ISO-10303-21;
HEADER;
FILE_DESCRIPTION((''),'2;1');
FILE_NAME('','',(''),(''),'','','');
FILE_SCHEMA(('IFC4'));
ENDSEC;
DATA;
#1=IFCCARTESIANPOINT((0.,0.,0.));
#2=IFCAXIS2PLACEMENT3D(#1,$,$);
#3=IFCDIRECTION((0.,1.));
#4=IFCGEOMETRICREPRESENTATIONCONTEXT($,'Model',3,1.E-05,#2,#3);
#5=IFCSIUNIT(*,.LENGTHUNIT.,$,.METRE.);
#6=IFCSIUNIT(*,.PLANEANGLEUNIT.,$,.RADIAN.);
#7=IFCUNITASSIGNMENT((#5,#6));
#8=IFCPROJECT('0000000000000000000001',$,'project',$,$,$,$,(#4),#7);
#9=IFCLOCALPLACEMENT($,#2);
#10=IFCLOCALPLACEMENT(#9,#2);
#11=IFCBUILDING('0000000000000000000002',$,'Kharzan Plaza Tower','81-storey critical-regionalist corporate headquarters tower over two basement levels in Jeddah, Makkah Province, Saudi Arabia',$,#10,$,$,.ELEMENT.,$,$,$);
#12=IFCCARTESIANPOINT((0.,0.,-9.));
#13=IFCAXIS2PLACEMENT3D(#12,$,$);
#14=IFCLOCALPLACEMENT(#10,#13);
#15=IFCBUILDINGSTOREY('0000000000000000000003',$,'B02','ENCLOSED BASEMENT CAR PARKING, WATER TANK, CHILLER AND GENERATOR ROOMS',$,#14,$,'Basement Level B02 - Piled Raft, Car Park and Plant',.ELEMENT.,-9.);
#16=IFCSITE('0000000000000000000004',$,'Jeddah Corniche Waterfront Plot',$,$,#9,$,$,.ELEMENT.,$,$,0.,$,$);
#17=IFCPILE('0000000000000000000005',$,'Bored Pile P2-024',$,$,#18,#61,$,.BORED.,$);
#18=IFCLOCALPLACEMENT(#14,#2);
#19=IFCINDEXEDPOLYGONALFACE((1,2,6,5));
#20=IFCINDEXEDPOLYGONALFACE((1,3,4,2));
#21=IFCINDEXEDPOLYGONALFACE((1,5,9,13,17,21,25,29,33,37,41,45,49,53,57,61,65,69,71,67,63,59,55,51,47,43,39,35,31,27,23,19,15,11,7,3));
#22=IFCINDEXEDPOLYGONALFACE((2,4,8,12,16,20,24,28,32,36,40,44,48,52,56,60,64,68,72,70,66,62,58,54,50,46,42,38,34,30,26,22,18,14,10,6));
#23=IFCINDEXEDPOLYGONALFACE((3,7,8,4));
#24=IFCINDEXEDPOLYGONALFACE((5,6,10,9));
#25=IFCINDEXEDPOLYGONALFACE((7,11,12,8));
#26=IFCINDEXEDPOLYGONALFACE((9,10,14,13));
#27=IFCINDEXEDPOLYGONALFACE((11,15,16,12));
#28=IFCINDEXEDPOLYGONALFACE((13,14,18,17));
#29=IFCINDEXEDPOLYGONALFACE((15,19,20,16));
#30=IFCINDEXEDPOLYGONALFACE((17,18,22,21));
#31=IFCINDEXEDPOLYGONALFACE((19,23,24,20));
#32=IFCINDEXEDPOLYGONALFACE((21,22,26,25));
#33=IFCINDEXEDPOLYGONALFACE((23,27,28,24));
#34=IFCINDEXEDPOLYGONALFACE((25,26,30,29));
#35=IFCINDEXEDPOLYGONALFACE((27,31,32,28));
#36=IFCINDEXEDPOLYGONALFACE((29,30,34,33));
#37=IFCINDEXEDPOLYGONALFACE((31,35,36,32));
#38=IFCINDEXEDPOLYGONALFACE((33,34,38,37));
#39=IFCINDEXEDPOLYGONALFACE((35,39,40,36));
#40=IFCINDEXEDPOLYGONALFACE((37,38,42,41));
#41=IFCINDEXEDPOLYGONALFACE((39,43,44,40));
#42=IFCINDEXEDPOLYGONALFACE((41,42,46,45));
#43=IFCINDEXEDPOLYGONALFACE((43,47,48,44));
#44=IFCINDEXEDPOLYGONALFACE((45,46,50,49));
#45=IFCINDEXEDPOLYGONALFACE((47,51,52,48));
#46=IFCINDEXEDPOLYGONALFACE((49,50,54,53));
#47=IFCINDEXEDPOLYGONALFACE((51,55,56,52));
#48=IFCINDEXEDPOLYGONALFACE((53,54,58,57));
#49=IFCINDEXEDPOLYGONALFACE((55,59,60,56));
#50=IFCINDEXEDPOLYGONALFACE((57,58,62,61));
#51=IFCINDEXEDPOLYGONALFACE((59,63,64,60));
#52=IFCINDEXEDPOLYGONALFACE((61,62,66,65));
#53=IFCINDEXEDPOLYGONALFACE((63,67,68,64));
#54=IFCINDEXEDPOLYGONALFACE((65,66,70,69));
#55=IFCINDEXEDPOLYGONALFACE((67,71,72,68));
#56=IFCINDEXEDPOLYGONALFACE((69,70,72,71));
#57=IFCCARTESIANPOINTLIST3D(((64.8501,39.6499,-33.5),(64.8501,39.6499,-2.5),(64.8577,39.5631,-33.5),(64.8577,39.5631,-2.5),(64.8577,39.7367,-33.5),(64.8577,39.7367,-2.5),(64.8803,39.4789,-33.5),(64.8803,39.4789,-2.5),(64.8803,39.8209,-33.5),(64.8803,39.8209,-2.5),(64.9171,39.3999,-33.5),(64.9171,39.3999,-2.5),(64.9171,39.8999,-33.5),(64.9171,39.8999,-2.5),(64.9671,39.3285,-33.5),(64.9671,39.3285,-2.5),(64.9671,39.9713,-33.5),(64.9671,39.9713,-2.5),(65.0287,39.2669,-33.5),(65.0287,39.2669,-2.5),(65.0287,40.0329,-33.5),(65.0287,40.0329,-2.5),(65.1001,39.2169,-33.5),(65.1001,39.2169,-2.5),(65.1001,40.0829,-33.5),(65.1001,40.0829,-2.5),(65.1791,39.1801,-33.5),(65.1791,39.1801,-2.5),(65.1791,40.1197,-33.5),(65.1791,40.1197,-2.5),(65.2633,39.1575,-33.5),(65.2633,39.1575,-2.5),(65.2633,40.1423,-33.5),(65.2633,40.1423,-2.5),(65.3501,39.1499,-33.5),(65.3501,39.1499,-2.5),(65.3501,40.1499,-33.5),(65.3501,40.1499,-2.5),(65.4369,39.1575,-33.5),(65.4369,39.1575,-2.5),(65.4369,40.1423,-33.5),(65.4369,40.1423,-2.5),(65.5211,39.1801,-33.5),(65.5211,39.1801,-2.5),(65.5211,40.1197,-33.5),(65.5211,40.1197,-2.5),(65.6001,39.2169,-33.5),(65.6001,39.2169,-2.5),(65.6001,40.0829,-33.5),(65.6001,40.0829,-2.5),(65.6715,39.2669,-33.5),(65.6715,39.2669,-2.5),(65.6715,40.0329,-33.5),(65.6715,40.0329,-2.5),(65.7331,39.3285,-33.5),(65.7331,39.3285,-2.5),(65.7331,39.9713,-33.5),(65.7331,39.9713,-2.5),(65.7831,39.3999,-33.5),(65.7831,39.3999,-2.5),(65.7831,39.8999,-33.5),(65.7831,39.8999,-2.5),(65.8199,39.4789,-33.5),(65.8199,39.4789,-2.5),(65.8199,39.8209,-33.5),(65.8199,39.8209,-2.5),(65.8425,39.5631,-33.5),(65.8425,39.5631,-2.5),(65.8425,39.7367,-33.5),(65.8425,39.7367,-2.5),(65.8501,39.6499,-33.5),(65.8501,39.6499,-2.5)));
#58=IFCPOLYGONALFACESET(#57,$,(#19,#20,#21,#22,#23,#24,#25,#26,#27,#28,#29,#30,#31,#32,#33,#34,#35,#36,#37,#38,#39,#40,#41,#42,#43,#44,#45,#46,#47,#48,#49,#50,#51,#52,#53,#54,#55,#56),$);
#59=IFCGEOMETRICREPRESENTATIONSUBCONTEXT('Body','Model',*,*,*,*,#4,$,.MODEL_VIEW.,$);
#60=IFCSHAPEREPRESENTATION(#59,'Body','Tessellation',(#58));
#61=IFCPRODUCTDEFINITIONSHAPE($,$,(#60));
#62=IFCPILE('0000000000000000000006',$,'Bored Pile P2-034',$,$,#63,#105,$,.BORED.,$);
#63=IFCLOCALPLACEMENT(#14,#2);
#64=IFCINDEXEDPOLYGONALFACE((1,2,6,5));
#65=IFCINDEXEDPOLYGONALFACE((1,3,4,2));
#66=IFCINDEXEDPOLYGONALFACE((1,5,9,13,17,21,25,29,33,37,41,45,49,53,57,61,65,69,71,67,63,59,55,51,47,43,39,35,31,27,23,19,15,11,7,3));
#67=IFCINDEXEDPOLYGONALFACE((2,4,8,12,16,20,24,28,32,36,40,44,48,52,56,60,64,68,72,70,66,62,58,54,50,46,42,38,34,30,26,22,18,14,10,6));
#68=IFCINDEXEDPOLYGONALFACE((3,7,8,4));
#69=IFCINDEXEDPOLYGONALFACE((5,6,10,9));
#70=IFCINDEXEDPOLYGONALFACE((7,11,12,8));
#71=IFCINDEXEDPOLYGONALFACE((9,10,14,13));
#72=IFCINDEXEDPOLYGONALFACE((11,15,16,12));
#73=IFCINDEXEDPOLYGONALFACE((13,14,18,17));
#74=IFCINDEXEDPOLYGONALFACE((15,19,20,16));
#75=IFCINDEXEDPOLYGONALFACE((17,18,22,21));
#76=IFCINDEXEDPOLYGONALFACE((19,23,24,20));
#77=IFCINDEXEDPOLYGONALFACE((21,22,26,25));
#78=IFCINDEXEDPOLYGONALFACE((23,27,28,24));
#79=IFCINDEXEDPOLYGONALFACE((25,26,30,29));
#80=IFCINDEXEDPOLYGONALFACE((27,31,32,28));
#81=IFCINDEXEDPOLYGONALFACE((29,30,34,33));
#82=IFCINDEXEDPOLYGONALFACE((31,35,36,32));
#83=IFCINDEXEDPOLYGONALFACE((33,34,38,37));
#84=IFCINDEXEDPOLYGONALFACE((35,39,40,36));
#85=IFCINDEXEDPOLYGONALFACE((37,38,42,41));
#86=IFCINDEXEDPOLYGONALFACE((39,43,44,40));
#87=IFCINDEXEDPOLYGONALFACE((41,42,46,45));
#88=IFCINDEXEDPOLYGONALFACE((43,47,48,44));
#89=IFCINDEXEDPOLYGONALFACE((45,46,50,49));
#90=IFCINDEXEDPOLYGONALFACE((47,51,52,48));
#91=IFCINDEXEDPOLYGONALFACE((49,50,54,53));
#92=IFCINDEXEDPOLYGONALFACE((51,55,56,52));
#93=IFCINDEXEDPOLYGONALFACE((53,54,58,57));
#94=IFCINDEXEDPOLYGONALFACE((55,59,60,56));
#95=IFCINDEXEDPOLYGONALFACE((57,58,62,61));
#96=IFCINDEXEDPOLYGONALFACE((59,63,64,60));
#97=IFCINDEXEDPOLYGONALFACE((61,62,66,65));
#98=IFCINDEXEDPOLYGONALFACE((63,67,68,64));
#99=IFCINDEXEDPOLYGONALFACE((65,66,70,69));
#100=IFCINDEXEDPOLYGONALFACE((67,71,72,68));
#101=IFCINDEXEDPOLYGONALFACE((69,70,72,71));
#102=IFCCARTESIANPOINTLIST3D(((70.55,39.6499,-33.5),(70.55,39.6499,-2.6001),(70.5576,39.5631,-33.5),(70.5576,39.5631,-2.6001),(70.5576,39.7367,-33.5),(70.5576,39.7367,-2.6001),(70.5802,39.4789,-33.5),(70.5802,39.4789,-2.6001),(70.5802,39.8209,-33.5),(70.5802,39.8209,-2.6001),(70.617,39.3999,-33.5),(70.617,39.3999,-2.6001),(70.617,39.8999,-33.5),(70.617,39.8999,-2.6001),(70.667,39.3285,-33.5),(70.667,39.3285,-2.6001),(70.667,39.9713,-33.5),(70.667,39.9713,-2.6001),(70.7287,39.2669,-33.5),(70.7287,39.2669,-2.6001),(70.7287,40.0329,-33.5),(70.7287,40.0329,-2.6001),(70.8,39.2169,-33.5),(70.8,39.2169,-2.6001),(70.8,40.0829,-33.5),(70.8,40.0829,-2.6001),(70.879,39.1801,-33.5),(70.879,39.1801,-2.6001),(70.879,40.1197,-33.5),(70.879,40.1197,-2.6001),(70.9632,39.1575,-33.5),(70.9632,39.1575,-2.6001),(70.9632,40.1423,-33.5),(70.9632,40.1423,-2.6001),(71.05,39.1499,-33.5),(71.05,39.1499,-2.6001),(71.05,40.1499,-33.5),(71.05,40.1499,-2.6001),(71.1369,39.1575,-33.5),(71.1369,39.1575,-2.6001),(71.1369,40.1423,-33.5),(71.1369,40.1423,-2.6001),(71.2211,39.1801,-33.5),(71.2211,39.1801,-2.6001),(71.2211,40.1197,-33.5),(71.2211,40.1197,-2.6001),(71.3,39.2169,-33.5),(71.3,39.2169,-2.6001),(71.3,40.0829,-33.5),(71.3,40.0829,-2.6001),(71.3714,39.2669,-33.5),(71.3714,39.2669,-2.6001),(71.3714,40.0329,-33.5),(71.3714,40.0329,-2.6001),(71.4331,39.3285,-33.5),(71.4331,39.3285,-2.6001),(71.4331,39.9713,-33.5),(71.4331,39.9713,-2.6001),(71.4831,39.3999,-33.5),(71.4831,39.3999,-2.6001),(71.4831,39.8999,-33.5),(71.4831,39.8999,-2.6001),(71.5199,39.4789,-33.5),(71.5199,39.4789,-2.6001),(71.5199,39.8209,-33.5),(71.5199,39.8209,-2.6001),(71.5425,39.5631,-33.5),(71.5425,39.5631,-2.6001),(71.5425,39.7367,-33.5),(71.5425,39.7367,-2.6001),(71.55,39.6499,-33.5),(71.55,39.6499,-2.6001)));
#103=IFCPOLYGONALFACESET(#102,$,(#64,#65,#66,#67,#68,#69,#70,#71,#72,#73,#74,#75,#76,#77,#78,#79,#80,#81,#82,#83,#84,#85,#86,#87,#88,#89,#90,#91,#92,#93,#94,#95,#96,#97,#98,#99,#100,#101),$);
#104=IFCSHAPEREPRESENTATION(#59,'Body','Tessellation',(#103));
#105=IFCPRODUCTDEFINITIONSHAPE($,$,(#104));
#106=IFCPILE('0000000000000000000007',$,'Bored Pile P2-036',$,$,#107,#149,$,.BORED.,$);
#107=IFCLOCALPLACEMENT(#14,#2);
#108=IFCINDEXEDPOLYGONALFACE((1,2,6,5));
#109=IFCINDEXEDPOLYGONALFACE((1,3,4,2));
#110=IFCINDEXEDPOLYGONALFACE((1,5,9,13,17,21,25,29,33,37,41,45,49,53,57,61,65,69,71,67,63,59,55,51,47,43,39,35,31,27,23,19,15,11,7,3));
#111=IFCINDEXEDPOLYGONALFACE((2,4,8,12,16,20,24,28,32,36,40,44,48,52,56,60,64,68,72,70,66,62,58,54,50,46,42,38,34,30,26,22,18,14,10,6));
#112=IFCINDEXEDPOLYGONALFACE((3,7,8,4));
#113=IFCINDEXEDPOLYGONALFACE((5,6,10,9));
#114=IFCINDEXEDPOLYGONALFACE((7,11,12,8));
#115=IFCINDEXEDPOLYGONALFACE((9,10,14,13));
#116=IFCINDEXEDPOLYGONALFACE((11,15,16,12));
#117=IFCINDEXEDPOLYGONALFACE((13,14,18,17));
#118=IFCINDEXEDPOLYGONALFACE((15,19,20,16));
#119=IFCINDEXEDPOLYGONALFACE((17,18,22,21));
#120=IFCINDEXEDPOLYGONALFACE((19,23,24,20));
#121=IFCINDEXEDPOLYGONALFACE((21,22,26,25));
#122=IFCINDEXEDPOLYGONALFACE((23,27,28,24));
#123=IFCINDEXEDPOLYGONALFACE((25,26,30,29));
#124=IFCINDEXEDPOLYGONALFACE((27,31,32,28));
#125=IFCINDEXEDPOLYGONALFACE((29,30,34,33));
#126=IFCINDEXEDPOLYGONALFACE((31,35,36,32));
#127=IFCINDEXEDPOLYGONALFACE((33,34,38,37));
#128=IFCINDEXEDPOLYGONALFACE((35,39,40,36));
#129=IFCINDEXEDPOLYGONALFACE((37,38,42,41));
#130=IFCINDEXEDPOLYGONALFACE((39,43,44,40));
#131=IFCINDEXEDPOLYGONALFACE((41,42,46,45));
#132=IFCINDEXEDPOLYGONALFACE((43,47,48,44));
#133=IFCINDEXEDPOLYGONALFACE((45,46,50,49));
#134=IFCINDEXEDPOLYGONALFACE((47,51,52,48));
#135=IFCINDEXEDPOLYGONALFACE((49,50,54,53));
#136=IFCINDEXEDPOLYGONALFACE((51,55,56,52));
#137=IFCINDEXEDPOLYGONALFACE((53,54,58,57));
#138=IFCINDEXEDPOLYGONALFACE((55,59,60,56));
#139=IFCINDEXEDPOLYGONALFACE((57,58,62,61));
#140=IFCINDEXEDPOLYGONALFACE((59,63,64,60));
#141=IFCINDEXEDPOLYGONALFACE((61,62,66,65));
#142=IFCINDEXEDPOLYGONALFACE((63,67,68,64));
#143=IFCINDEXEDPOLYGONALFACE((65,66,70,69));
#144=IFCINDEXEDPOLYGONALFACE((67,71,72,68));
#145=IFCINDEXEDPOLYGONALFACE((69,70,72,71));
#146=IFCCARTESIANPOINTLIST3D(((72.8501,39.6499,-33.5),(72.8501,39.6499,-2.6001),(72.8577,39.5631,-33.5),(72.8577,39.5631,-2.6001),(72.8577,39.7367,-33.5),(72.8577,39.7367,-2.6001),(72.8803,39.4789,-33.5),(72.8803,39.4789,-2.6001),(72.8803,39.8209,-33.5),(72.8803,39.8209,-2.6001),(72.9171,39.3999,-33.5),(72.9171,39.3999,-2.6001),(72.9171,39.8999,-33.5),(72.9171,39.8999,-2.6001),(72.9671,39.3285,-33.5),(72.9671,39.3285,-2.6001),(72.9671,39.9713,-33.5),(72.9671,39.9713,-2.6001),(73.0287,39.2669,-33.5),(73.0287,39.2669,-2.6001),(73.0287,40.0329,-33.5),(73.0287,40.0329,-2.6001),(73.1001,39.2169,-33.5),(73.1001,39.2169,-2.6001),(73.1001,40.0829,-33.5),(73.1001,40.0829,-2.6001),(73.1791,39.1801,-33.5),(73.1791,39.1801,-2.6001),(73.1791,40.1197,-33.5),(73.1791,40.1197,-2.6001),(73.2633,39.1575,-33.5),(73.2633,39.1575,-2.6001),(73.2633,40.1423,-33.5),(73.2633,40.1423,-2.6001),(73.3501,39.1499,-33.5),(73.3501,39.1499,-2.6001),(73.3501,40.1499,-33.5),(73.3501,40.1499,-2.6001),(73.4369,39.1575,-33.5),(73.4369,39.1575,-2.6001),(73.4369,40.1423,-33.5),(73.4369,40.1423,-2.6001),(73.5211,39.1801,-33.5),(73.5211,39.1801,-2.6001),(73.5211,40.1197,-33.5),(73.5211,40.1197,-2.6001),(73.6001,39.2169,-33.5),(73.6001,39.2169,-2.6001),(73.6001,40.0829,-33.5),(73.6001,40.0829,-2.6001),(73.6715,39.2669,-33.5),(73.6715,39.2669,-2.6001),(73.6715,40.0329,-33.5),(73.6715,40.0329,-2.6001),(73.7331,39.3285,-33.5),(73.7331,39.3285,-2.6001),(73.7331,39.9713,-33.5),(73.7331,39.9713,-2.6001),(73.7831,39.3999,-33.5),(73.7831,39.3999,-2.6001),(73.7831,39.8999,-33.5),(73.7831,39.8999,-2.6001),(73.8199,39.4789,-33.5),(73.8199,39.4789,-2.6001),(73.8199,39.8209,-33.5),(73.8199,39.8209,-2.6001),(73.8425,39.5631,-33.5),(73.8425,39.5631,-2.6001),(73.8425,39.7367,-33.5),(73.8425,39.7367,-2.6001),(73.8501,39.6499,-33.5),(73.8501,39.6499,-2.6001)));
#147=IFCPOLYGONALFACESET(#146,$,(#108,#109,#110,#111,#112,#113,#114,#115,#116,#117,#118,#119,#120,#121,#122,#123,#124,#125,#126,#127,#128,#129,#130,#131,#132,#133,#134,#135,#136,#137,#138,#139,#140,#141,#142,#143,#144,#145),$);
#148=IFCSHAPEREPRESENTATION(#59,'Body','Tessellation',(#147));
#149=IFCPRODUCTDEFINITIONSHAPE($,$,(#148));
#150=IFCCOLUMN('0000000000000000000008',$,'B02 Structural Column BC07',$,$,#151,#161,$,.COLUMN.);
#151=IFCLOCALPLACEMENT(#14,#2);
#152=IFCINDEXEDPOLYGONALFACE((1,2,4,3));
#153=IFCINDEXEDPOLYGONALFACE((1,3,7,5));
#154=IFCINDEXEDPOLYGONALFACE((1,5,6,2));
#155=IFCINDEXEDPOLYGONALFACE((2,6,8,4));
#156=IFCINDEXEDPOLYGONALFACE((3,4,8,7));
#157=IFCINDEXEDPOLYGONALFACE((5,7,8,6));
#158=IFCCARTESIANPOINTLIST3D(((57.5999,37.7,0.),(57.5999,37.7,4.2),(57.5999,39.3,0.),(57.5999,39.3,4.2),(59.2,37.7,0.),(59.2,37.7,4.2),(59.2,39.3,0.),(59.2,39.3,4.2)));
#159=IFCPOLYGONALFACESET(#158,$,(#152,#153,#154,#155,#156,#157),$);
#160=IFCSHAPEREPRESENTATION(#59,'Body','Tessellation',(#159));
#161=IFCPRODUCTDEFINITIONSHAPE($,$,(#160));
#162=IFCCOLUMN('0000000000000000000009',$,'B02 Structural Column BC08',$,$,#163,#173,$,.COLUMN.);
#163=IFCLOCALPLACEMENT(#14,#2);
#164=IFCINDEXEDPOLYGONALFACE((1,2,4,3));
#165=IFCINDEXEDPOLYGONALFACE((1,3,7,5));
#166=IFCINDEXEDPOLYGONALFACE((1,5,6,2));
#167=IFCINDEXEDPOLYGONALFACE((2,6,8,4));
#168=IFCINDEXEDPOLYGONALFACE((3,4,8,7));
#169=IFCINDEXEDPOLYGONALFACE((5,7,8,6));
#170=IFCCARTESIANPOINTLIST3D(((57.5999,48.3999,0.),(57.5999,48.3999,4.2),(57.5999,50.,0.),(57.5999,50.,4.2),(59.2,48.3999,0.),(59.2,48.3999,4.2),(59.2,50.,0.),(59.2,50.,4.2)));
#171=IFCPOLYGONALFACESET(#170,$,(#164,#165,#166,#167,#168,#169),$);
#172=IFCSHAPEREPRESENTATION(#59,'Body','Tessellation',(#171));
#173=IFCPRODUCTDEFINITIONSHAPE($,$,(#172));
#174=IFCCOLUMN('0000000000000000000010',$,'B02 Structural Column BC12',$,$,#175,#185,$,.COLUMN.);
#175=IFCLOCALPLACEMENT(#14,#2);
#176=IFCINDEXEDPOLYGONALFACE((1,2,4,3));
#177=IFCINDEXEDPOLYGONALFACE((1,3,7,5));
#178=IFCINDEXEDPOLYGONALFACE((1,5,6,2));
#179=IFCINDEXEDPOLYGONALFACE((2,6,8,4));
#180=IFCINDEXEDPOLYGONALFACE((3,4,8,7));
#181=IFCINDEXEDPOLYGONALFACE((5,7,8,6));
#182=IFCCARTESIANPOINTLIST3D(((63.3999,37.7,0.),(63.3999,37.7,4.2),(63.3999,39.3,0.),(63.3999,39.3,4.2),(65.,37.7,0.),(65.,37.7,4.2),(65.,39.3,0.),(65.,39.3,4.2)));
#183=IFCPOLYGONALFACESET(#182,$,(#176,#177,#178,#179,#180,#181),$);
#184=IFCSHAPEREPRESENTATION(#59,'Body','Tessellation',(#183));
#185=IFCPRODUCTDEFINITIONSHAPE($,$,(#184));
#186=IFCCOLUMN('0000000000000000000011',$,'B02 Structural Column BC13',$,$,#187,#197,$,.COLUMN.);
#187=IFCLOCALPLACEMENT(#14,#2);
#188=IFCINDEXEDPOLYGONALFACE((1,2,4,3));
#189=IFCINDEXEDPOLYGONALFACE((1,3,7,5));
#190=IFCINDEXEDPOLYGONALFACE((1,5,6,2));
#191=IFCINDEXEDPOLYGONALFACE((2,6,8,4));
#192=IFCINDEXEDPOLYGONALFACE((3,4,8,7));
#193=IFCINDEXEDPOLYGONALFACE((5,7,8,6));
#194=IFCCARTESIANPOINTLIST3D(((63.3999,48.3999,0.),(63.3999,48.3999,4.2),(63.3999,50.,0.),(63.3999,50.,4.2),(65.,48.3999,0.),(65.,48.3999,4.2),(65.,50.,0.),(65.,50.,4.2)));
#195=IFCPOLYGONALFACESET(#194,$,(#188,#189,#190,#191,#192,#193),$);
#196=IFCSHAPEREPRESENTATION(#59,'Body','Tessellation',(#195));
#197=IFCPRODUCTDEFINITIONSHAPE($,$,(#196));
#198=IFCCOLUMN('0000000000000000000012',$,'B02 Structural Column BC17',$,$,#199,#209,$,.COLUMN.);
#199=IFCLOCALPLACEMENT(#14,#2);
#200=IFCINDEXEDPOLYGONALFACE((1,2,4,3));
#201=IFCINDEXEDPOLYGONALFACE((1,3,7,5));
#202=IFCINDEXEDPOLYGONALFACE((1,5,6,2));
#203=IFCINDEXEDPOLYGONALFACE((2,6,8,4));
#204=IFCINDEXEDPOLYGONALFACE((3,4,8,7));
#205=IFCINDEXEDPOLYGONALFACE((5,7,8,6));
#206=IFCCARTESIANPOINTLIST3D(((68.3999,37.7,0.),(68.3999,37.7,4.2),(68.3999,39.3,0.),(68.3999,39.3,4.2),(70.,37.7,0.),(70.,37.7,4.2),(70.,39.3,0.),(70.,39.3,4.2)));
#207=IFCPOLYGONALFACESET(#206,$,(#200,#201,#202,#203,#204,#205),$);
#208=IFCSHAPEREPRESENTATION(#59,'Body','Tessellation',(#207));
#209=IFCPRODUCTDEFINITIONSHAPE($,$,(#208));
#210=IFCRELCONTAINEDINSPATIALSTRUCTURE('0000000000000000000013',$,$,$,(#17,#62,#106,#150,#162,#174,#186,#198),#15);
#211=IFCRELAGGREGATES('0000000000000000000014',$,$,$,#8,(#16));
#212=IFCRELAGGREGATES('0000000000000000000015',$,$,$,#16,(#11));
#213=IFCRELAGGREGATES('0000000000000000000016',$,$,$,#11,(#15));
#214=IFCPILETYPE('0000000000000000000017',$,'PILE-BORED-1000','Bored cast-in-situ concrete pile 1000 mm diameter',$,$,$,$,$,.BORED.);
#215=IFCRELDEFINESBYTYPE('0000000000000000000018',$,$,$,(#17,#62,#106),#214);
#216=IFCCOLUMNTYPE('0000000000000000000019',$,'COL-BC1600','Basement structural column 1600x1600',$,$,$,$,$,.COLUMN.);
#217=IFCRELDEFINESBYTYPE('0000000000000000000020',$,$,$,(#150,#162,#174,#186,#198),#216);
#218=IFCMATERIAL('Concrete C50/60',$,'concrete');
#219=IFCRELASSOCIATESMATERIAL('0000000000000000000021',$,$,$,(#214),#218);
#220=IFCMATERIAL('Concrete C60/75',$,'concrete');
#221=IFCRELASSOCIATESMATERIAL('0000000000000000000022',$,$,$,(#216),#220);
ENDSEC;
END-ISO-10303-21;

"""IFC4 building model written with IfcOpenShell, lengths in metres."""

from ifc_helpers import new_model, si_unit, direction, frame, origin, origin_2d, place, context, subcontext, project, spatial, rectangle, circle, extrude, source, transform, mapped, material, material_profile, profile_set, type_object, element, save


model = new_model("IFC4")

# Units and contexts
model_context = context("Model", 3, precision=1e-05, world=origin(), true_north=direction((0.0, 1.0)))
body_context = subcontext(model_context, "Body", "Model", "MODEL_VIEW")
ifc_project = project(units=[si_unit("LENGTHUNIT", "METRE"), si_unit("PLANEANGLEUNIT", "RADIAN")], contexts=[model_context])

# Site, building, storey
site_placement = place(None, origin())
site = spatial("IfcSite", under=ifc_project, at=site_placement, Name="Jeddah Corniche Waterfront Plot", CompositionType="ELEMENT", RefElevation=0.0)
building_placement = place(site_placement, origin())
building = spatial("IfcBuilding", under=site, at=building_placement, Name="Kharzan Plaza Tower", Description="81-storey critical-regionalist corporate headquarters tower over two basement levels in Jeddah, Makkah Province, Saudi Arabia", CompositionType="ELEMENT")
storey_placement = place(building_placement, frame((0.0, 0.0, -9.0)))
storey = spatial("IfcBuildingStorey", under=building, at=storey_placement, Name="B02", Description="ENCLOSED BASEMENT CAR PARKING, WATER TANK, CHILLER AND GENERATOR ROOMS", LongName="Basement Level B02 - Piled Raft, Car Park and Plant", CompositionType="ELEMENT", Elevation=-9.0)

# Shared definitions
ifc_material_1 = material(Name="Concrete C50/60", Category="concrete")

# Piles
ifc_material_profile_1 = material_profile(ifc_material_1, circle(Radius=0.5, at=origin_2d()), Name="PILE-D1000")
ifc_profile_set_1 = profile_set([ifc_material_profile_1], Name="Concrete C50/60")
pile_type = type_object("IfcPileType", Name="PILE-BORED-1000", Description="Bored cast-in-situ concrete pile 1000 mm diameter", PredefinedType="BORED", material=ifc_profile_set_1)
shared_shape_1 = source(origin(), body_context, "Body", "SweptSolid", [
    extrude(circle(Radius=0.5, at=origin_2d()), origin(), (0.0, 0.0, 1.0), 31.0),
])
for number, where, z_axis, x_axis, name in (
    (1, (65.3501, 39.6499, -2.5), (0.0, 0.0, -1.0), (1.0, 0.0, 0.0), "Bored Pile P2-024"),
):
    element("IfcPile", number, at=place(storey_placement, frame(where, z_axis=z_axis, x_axis=x_axis)), inside=storey, type_object=pile_type, Name=name, PredefinedType="BORED", context=body_context, shape_type="MappedRepresentation", body=[
        mapped(shared_shape_1, transform((0.0, 0.0, 0.0), x_axis=(1.0, 0.0, 0.0), y_axis=(0.0, 1.0, 0.0), z_axis=(0.0, 0.0, 1.0))),
    ])
shared_shape_2 = source(origin(), body_context, "Body", "SweptSolid", [
    extrude(circle(Radius=0.5, at=origin_2d()), origin(), (0.0, 0.0, 1.0), 30.8999),
])
for number, where, z_axis, x_axis, name in (
    (2, (71.05, 39.6499, -2.6001), (0.0, 0.0, -1.0), (1.0, 0.0, 0.0), "Bored Pile P2-034"),
    (3, (73.3501, 39.6499, -2.6001), (0.0, 0.0, -1.0), (1.0, 0.0, 0.0), "Bored Pile P2-036"),
):
    element("IfcPile", number, at=place(storey_placement, frame(where, z_axis=z_axis, x_axis=x_axis)), inside=storey, type_object=pile_type, Name=name, PredefinedType="BORED", context=body_context, shape_type="MappedRepresentation", body=[
        mapped(shared_shape_2, transform((0.0, 0.0, 0.0), x_axis=(1.0, 0.0, 0.0), y_axis=(0.0, 1.0, 0.0), z_axis=(0.0, 0.0, 1.0))),
    ])

# Columns
ifc_material_2 = material(Name="Concrete C60/75", Category="concrete")
ifc_material_profile_2 = material_profile(ifc_material_2, rectangle(XDim=1.6001, YDim=1.6001, at=origin_2d()), Name="RC-MC1600x1600")
ifc_profile_set_2 = profile_set([ifc_material_profile_2], Name="Concrete C60/75")
column_type = type_object("IfcColumnType", Name="COL-BC1600", Description="Basement structural column 1600x1600", PredefinedType="COLUMN", material=ifc_profile_set_2)
shared_shape_3 = source(origin(), body_context, "Body", "SweptSolid", [
    extrude(rectangle(XDim=1.6001, YDim=1.6001, at=origin_2d()), origin(), (0.0, 0.0, 1.0), 4.2),
])
for number, where, z_axis, x_axis, name in (
    (4, (58.3999, 38.5, 0.0), (0.0, 0.0, 1.0), (1.0, 0.0, 0.0), "B02 Structural Column BC07"),
    (5, (58.3999, 49.2, 0.0), (0.0, 0.0, 1.0), (1.0, 0.0, 0.0), "B02 Structural Column BC08"),
    (6, (64.2, 38.5, 0.0), (0.0, 0.0, 1.0), (1.0, 0.0, 0.0), "B02 Structural Column BC12"),
    (7, (64.2, 49.2, 0.0), (0.0, 0.0, 1.0), (1.0, 0.0, 0.0), "B02 Structural Column BC13"),
    (8, (69.2, 38.5, 0.0), (0.0, 0.0, 1.0), (1.0, 0.0, 0.0), "B02 Structural Column BC17"),
):
    element("IfcColumn", number, at=place(storey_placement, frame(where, z_axis=z_axis, x_axis=x_axis)), inside=storey, type_object=column_type, Name=name, PredefinedType="COLUMN", context=body_context, shape_type="MappedRepresentation", body=[
        mapped(shared_shape_3, transform((0.0, 0.0, 0.0), x_axis=(1.0, 0.0, 0.0), y_axis=(0.0, 1.0, 0.0), z_axis=(0.0, 0.0, 1.0))),
    ])

save(model, "model.ifc")
